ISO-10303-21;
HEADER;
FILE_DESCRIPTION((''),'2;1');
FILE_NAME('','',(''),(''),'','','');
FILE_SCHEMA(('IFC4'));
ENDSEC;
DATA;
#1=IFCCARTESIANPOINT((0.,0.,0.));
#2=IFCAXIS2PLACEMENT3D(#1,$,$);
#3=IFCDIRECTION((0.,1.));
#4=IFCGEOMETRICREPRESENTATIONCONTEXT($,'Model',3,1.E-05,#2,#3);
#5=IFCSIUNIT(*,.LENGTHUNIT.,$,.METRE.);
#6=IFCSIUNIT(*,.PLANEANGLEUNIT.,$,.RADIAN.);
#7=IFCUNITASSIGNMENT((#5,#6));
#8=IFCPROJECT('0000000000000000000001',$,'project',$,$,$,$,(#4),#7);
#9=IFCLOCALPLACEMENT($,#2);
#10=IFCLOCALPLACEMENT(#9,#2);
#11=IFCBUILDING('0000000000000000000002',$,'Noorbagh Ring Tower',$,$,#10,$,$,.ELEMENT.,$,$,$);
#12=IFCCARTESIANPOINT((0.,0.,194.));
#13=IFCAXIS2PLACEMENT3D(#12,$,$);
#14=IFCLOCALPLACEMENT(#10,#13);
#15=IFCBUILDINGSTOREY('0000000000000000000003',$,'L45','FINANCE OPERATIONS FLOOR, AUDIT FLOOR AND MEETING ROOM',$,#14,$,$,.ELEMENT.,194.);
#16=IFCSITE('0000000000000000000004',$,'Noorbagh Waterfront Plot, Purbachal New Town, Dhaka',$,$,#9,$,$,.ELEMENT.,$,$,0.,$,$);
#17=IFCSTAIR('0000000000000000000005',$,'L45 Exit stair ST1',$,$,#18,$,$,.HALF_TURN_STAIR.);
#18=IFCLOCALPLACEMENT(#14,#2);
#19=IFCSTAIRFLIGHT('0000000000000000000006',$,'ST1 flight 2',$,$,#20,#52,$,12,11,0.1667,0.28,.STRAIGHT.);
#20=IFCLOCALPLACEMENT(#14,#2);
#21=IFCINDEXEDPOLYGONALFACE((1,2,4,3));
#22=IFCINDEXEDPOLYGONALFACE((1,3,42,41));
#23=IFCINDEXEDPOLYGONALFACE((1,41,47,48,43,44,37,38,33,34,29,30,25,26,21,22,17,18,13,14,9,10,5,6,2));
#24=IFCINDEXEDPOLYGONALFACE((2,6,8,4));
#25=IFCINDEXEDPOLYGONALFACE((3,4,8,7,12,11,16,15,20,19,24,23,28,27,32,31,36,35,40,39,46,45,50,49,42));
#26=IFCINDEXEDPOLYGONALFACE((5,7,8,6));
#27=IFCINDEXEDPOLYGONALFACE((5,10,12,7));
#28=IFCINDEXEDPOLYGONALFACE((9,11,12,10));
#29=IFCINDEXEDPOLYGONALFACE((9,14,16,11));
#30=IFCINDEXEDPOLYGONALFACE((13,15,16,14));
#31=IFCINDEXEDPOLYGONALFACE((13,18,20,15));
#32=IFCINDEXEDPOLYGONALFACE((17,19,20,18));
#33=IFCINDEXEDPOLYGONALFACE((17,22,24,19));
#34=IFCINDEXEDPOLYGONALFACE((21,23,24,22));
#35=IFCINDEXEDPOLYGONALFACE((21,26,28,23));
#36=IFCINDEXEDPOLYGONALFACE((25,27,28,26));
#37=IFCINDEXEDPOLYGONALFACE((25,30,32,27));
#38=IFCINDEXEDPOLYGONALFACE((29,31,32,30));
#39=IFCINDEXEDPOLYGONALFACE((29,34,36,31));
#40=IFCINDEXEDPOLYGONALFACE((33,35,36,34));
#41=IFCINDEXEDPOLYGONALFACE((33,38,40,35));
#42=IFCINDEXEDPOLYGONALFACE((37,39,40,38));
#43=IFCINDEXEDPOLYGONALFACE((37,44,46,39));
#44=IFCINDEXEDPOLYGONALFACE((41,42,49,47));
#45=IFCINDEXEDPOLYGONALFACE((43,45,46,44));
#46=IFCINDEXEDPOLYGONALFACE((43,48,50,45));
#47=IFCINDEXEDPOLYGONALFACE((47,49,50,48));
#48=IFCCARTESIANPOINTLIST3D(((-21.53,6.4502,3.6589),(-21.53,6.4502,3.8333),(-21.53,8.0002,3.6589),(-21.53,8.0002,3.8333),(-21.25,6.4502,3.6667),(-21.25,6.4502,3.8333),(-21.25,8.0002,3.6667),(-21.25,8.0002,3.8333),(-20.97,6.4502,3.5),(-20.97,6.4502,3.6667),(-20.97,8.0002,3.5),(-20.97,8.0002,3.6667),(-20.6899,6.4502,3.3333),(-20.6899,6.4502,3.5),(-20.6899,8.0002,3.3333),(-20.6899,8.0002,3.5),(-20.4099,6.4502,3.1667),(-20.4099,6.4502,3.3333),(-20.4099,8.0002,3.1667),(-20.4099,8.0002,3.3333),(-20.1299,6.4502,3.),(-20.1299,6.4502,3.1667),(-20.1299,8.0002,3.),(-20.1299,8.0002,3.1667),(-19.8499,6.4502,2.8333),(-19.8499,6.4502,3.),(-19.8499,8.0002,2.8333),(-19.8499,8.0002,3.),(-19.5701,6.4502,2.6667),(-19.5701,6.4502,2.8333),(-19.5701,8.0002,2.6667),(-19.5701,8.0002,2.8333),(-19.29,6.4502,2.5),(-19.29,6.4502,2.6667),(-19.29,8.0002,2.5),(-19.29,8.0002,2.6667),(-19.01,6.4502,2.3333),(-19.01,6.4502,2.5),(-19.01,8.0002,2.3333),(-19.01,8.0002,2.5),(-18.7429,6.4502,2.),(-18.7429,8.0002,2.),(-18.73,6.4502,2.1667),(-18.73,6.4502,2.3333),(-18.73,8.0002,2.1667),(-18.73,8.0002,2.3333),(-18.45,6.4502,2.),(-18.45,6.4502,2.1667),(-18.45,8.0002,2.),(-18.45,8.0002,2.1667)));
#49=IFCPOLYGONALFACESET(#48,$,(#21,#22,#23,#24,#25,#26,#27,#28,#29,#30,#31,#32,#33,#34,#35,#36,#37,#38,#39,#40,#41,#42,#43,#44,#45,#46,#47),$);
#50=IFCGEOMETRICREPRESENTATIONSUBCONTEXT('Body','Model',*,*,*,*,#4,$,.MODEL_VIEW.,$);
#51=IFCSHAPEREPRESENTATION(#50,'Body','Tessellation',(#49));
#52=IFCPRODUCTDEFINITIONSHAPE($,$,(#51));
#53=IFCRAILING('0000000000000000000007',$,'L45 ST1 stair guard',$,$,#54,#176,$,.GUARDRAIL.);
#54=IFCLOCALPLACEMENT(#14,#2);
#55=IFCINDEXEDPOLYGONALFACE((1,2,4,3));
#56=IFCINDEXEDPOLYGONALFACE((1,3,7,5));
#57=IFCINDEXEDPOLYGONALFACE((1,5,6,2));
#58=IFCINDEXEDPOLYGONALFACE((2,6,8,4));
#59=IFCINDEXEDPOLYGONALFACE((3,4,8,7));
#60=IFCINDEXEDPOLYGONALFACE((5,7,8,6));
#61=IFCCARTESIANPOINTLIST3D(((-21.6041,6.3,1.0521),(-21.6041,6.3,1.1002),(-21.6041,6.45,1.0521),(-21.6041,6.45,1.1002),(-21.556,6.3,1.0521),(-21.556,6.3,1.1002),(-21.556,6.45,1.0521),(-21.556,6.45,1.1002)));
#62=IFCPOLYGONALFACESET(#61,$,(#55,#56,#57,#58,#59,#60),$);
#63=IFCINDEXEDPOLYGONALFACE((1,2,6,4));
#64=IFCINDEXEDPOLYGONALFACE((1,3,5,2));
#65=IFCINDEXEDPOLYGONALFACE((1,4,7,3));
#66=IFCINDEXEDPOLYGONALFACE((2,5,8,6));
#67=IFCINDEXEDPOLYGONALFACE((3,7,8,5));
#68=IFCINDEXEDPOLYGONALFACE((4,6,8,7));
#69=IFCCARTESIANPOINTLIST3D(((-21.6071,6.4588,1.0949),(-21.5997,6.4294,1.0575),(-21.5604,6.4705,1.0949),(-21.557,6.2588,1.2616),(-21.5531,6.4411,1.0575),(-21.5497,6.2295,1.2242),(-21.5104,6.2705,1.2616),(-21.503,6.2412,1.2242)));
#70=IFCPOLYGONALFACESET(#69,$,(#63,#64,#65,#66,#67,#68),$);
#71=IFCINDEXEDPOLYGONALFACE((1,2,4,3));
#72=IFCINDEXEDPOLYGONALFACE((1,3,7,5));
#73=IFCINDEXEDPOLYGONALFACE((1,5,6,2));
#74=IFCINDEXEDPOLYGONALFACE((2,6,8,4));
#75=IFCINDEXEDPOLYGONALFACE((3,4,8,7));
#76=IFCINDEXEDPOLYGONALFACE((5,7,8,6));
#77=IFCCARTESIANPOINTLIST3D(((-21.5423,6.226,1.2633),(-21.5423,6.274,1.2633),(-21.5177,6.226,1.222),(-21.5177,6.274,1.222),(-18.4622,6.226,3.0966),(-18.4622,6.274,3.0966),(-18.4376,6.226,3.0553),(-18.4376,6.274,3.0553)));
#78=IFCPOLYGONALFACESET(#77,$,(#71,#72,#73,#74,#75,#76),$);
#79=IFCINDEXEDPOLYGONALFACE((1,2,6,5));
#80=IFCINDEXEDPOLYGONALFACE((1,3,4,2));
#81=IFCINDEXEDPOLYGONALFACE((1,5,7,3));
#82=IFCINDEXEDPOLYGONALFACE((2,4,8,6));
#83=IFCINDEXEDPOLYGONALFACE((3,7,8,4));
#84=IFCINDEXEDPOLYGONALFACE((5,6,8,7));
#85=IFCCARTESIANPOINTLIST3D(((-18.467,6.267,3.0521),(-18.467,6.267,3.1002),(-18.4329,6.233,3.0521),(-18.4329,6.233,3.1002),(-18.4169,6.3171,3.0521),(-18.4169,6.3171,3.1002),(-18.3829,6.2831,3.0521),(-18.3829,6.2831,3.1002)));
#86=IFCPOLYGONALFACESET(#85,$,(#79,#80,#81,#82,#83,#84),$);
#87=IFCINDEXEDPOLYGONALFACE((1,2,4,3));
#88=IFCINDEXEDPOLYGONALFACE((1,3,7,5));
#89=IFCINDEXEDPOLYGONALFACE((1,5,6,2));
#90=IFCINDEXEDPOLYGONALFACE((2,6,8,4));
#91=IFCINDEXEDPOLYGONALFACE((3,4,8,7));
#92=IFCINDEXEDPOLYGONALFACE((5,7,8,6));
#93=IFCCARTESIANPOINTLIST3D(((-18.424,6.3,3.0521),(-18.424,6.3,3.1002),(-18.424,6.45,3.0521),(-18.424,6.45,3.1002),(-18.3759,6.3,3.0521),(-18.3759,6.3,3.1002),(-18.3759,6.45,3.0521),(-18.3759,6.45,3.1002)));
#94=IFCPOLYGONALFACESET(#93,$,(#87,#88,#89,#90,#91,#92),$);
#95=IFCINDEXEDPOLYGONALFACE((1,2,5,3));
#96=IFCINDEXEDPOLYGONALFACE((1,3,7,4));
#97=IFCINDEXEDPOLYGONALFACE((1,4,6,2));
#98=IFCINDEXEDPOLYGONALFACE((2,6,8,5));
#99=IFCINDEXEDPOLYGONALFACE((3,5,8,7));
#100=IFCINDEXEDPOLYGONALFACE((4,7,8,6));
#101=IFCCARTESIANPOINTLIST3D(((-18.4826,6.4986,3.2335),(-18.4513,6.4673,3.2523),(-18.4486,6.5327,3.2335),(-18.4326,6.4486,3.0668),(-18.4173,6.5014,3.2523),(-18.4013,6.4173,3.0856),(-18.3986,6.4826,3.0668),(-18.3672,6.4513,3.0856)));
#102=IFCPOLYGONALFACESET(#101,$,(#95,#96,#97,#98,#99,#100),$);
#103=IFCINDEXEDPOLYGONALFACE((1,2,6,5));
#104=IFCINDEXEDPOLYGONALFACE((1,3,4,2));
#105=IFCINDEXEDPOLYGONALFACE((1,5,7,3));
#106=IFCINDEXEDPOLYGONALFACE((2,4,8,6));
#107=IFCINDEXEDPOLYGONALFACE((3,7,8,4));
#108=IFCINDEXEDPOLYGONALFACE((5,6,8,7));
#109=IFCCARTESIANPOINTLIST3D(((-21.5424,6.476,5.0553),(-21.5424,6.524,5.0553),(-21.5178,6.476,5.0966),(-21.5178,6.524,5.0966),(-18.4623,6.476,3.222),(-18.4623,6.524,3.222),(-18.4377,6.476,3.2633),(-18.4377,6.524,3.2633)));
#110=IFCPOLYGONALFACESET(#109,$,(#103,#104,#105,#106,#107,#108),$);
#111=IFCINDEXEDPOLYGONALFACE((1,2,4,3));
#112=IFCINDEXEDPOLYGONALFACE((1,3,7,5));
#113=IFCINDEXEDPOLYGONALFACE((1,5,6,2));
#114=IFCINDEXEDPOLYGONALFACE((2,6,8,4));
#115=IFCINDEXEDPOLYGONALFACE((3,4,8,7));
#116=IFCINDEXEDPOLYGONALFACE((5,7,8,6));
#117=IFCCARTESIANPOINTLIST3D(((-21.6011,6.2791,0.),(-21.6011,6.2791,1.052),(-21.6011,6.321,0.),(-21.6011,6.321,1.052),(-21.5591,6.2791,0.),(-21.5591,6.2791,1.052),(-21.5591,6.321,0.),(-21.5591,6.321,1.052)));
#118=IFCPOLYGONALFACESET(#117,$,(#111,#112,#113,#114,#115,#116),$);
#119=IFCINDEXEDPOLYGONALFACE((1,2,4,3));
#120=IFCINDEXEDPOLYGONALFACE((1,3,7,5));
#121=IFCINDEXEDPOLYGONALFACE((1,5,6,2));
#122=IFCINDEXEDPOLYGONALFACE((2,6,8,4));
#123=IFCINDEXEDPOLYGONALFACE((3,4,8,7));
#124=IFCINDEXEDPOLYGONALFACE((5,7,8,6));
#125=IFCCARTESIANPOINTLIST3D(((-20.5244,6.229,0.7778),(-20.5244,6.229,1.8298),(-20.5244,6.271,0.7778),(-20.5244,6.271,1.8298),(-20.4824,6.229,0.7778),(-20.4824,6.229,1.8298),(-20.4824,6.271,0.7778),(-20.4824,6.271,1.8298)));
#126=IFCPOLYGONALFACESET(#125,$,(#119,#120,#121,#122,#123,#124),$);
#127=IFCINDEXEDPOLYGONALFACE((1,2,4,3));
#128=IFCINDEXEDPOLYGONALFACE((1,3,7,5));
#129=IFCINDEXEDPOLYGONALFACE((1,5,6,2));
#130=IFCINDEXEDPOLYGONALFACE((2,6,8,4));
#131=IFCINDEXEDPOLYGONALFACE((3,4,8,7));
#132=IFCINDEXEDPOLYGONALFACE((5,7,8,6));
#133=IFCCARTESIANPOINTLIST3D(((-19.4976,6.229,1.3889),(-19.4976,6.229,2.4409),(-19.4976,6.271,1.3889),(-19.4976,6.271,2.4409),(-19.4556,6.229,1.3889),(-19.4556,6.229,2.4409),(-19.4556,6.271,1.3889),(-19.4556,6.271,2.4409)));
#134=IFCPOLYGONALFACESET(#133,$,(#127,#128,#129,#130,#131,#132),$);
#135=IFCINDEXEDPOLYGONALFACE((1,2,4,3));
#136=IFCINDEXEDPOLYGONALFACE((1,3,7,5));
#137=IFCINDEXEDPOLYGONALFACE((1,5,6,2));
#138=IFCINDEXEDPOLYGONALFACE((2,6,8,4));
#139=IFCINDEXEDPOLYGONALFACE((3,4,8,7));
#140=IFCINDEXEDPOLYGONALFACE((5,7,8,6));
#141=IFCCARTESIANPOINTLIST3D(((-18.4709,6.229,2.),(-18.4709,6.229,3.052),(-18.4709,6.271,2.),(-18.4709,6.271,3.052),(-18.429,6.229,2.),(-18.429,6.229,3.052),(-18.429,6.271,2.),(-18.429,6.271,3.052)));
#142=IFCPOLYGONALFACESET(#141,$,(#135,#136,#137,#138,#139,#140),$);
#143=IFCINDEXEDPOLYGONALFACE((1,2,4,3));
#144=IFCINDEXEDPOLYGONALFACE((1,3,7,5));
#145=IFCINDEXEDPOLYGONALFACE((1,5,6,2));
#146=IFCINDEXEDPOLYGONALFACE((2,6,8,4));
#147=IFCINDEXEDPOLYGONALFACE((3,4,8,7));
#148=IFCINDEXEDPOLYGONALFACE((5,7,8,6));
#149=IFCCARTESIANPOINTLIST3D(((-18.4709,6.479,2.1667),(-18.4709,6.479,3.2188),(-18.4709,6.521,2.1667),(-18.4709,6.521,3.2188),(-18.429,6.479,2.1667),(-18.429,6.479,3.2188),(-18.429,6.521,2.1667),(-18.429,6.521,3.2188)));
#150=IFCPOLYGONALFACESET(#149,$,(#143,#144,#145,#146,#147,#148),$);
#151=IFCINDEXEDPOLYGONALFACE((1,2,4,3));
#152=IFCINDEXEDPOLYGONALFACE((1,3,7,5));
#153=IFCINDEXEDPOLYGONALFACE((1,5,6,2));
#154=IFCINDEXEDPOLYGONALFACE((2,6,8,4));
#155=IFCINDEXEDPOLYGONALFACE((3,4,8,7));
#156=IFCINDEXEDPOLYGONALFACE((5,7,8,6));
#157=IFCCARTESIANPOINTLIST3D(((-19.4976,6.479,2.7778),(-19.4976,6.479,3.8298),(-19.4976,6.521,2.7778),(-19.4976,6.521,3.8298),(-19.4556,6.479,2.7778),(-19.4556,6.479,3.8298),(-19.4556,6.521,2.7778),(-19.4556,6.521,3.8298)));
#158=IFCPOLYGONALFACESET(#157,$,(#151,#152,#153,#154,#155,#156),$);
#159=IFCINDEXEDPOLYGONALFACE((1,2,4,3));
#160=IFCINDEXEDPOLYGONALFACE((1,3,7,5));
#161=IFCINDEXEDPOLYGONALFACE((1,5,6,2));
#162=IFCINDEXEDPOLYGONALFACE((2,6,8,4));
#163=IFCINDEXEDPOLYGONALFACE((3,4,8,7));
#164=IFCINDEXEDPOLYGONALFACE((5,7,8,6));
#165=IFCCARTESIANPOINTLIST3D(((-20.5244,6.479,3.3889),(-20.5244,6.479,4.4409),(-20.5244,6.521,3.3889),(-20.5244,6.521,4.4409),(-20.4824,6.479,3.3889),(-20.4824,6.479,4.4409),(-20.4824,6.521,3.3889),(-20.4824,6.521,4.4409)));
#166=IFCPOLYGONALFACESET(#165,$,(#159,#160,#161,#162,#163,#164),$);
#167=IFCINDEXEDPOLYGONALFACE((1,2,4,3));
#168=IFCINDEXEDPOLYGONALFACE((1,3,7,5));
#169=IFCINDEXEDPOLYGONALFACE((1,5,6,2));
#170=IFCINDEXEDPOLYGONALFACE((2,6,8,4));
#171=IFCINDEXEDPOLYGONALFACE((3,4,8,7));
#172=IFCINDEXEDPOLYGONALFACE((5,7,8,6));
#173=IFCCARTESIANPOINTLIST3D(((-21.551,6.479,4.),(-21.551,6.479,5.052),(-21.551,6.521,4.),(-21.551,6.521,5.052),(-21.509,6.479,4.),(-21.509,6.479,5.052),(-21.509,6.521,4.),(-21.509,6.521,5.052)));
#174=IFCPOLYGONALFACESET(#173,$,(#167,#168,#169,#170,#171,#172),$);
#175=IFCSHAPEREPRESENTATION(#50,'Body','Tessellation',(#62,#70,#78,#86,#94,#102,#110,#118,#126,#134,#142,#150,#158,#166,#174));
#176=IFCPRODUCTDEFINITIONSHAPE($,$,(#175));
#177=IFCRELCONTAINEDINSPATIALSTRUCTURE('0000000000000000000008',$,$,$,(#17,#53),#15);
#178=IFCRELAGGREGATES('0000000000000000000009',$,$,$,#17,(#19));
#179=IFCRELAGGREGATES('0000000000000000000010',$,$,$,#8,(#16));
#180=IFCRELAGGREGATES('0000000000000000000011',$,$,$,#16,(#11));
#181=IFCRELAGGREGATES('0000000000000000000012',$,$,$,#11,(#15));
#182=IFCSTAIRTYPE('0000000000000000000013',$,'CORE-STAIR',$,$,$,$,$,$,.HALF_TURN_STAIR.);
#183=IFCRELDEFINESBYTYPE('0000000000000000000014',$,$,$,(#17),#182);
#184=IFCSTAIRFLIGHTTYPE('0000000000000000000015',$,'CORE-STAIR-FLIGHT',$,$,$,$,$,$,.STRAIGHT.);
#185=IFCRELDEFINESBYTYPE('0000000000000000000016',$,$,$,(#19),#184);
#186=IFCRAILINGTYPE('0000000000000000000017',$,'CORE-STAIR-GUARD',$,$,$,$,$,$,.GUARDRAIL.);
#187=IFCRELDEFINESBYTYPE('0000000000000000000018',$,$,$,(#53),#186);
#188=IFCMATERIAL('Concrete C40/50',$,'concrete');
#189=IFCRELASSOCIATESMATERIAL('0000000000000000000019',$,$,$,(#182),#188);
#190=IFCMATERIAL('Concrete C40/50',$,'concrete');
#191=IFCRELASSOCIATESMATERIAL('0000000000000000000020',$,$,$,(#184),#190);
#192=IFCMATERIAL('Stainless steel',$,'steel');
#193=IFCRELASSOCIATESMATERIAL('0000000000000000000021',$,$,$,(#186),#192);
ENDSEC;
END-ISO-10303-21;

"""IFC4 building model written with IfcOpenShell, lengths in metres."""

from ifc_helpers import new_model, si_unit, direction, frame, origin, origin_2d, place, context, subcontext, project, spatial, polyline, rectangle, outline, extrude, material, type_object, element, aggregate, save


model = new_model("IFC4")

# Units and contexts
model_context = context("Model", 3, precision=1e-05, world=origin(), true_north=direction((0.0, 1.0)))
body_context = subcontext(model_context, "Body", "Model", "MODEL_VIEW")
ifc_project = project(units=[si_unit("LENGTHUNIT", "METRE"), si_unit("PLANEANGLEUNIT", "RADIAN")], contexts=[model_context])

# Site, building, storey
site_placement = place(None, origin())
site = spatial("IfcSite", under=ifc_project, at=site_placement, Name="Noorbagh Waterfront Plot, Purbachal New Town, Dhaka", CompositionType="ELEMENT", RefElevation=0.0)
building_placement = place(site_placement, origin())
building = spatial("IfcBuilding", under=site, at=building_placement, Name="Noorbagh Ring Tower", CompositionType="ELEMENT")
storey_placement = place(building_placement, frame((0.0, 0.0, 194.0)))
storey = spatial("IfcBuildingStorey", under=building, at=storey_placement, Name="L45", Description="FINANCE OPERATIONS FLOOR, AUDIT FLOOR AND MEETING ROOM", CompositionType="ELEMENT", Elevation=194.0)

# Stair, stair flight
ifc_material_1 = material(Name="Concrete C40/50", Category="concrete")
stair_type = type_object("IfcStairType", Name="CORE-STAIR", PredefinedType="HALF_TURN_STAIR", material=ifc_material_1)
stair_placement = place(storey_placement, origin())
stair = element("IfcStair", 1, at=stair_placement, inside=storey, type_object=stair_type, Name="L45 Exit stair ST1", PredefinedType="HALF_TURN_STAIR")
ifc_material_2 = material(Name="Concrete C40/50", Category="concrete")
stair_flight_type = type_object("IfcStairFlightType", Name="CORE-STAIR-FLIGHT", PredefinedType="STRAIGHT", material=ifc_material_2)
stair_flight_1_placement = place(storey_placement, frame((-18.45, 7.2251, 2.0), z_axis=(0.0, 0.0, 1.0), x_axis=(-1.0, 0.0, 0.0)))
stair_flight_1 = element("IfcStairFlight", 2, at=stair_flight_1_placement, type_object=stair_flight_type, Name="ST1 flight 2", NumberOfRisers=12, NumberOfTreads=11, PredefinedType="STRAIGHT", RiserHeight=0.1667, TreadLength=0.28, context=body_context, shape_type="SweptSolid", body=[
    extrude(outline(polyline([(0.0, 0.0), (0.0, 0.1667), (0.28, 0.1667), (0.28, 0.3333), (0.5601, 0.3333), (0.5601, 0.5), (0.8401, 0.5), (0.8401, 0.6667), (1.1201, 0.6667), (1.1201, 0.8333), (1.3999, 0.8333), (1.3999, 1.0), (1.6799, 1.0), (1.6799, 1.1667), (1.96, 1.1667), (1.96, 1.3333), (2.24, 1.3333), (2.24, 1.5), (2.52, 1.5), (2.52, 1.6667), (2.8, 1.6667), (2.8, 1.8333), (3.0801, 1.8333), (3.0801, 2.0), (3.0801, 1.6589), (0.293, 0.0), (0.0, 0.0)])), frame((0.0, 0.7749, 0.0), z_axis=(0.0, -1.0, 0.0), x_axis=(1.0, 0.0, 0.0)), (0.0, 0.0, 1.0), 1.55),
])
aggregate(stair, [stair_flight_1])

# Railing
ifc_material_3 = material(Name="Stainless steel", Category="steel")
railing_type_1 = type_object("IfcRailingType", Name="CORE-STAIR-GUARD", PredefinedType="GUARDRAIL", material=ifc_material_3)
railing_1_placement = place(storey_placement, frame((-21.5801, 6.3, 0.0)))
element("IfcRailing", 3, at=railing_1_placement, inside=storey, type_object=railing_type_1, Name="L45 ST1 stair guard", PredefinedType="GUARDRAIL", context=body_context, shape_type="SweptSolid", body=[
    extrude(rectangle(XDim=0.0481, YDim=0.0481, at=origin_2d()), frame((0.0, 0.0, 1.0762), z_axis=(0.0, 1.0, 0.0), x_axis=(-1.0, 0.0, 0.0)), (0.0, 0.0, 1.0), 0.1499),
    extrude(rectangle(XDim=0.0481, YDim=0.0481, at=origin_2d()), frame((0.0, 0.1499, 1.0762), z_axis=(0.188776, -0.754182, 0.628946), x_axis=(0.970073, 0.242814, 0.0)), (0.0, 0.0, 1.0), 0.2651),
    extrude(rectangle(XDim=0.0481, YDim=0.0481, at=origin_2d()), frame((0.05, -0.05, 1.2427), z_axis=(0.859309, 0.0, 0.511458), x_axis=(0.0, 1.0, 0.0)), (0.0, 0.0, 1.0), 3.5845),
    extrude(rectangle(XDim=0.0481, YDim=0.0481, at=origin_2d()), frame((3.1301, -0.05, 3.0762), z_axis=(0.707107, 0.707107, 0.0), x_axis=(-0.707107, 0.707107, 0.0)), (0.0, 0.0, 1.0), 0.0708),
    extrude(rectangle(XDim=0.0481, YDim=0.0481, at=origin_2d()), frame((3.1802, 0.0, 3.0762), z_axis=(0.0, 1.0, 0.0), x_axis=(-1.0, 0.0, 0.0)), (0.0, 0.0, 1.0), 0.1499),
    extrude(rectangle(XDim=0.0481, YDim=0.0481, at=origin_2d()), frame((3.1802, 0.1499, 3.0762), z_axis=(-0.276287, 0.276287, 0.920506), x_axis=(-0.707107, -0.707107, 0.0)), (0.0, 0.0, 1.0), 0.1812),
    extrude(rectangle(XDim=0.0481, YDim=0.0481, at=origin_2d()), frame((3.1301, 0.2, 3.2427), z_axis=(-0.859309, 0.0, 0.511458), x_axis=(0.0, -1.0, 0.0)), (0.0, 0.0, 1.0), 3.5845),
    extrude(rectangle(XDim=0.042, YDim=0.042, at=origin_2d()), origin(), (0.0, 0.0, 1.0), 1.052),
    extrude(rectangle(XDim=0.042, YDim=0.042, at=origin_2d()), frame((1.0767, -0.05, 0.7778)), (0.0, 0.0, 1.0), 1.052),
    extrude(rectangle(XDim=0.042, YDim=0.042, at=origin_2d()), frame((2.1035, -0.05, 1.3889)), (0.0, 0.0, 1.0), 1.052),
    extrude(rectangle(XDim=0.042, YDim=0.042, at=origin_2d()), frame((3.1301, -0.05, 2.0)), (0.0, 0.0, 1.0), 1.052),
    extrude(rectangle(XDim=0.042, YDim=0.042, at=origin_2d()), frame((3.1301, 0.2, 2.1667)), (0.0, 0.0, 1.0), 1.052),
    extrude(rectangle(XDim=0.042, YDim=0.042, at=origin_2d()), frame((2.1035, 0.2, 2.7778)), (0.0, 0.0, 1.0), 1.052),
    extrude(rectangle(XDim=0.042, YDim=0.042, at=origin_2d()), frame((1.0767, 0.2, 3.3889)), (0.0, 0.0, 1.0), 1.052),
    extrude(rectangle(XDim=0.042, YDim=0.042, at=origin_2d()), frame((0.05, 0.2, 4.0)), (0.0, 0.0, 1.0), 1.052),
])

save(model, "model.ifc")
